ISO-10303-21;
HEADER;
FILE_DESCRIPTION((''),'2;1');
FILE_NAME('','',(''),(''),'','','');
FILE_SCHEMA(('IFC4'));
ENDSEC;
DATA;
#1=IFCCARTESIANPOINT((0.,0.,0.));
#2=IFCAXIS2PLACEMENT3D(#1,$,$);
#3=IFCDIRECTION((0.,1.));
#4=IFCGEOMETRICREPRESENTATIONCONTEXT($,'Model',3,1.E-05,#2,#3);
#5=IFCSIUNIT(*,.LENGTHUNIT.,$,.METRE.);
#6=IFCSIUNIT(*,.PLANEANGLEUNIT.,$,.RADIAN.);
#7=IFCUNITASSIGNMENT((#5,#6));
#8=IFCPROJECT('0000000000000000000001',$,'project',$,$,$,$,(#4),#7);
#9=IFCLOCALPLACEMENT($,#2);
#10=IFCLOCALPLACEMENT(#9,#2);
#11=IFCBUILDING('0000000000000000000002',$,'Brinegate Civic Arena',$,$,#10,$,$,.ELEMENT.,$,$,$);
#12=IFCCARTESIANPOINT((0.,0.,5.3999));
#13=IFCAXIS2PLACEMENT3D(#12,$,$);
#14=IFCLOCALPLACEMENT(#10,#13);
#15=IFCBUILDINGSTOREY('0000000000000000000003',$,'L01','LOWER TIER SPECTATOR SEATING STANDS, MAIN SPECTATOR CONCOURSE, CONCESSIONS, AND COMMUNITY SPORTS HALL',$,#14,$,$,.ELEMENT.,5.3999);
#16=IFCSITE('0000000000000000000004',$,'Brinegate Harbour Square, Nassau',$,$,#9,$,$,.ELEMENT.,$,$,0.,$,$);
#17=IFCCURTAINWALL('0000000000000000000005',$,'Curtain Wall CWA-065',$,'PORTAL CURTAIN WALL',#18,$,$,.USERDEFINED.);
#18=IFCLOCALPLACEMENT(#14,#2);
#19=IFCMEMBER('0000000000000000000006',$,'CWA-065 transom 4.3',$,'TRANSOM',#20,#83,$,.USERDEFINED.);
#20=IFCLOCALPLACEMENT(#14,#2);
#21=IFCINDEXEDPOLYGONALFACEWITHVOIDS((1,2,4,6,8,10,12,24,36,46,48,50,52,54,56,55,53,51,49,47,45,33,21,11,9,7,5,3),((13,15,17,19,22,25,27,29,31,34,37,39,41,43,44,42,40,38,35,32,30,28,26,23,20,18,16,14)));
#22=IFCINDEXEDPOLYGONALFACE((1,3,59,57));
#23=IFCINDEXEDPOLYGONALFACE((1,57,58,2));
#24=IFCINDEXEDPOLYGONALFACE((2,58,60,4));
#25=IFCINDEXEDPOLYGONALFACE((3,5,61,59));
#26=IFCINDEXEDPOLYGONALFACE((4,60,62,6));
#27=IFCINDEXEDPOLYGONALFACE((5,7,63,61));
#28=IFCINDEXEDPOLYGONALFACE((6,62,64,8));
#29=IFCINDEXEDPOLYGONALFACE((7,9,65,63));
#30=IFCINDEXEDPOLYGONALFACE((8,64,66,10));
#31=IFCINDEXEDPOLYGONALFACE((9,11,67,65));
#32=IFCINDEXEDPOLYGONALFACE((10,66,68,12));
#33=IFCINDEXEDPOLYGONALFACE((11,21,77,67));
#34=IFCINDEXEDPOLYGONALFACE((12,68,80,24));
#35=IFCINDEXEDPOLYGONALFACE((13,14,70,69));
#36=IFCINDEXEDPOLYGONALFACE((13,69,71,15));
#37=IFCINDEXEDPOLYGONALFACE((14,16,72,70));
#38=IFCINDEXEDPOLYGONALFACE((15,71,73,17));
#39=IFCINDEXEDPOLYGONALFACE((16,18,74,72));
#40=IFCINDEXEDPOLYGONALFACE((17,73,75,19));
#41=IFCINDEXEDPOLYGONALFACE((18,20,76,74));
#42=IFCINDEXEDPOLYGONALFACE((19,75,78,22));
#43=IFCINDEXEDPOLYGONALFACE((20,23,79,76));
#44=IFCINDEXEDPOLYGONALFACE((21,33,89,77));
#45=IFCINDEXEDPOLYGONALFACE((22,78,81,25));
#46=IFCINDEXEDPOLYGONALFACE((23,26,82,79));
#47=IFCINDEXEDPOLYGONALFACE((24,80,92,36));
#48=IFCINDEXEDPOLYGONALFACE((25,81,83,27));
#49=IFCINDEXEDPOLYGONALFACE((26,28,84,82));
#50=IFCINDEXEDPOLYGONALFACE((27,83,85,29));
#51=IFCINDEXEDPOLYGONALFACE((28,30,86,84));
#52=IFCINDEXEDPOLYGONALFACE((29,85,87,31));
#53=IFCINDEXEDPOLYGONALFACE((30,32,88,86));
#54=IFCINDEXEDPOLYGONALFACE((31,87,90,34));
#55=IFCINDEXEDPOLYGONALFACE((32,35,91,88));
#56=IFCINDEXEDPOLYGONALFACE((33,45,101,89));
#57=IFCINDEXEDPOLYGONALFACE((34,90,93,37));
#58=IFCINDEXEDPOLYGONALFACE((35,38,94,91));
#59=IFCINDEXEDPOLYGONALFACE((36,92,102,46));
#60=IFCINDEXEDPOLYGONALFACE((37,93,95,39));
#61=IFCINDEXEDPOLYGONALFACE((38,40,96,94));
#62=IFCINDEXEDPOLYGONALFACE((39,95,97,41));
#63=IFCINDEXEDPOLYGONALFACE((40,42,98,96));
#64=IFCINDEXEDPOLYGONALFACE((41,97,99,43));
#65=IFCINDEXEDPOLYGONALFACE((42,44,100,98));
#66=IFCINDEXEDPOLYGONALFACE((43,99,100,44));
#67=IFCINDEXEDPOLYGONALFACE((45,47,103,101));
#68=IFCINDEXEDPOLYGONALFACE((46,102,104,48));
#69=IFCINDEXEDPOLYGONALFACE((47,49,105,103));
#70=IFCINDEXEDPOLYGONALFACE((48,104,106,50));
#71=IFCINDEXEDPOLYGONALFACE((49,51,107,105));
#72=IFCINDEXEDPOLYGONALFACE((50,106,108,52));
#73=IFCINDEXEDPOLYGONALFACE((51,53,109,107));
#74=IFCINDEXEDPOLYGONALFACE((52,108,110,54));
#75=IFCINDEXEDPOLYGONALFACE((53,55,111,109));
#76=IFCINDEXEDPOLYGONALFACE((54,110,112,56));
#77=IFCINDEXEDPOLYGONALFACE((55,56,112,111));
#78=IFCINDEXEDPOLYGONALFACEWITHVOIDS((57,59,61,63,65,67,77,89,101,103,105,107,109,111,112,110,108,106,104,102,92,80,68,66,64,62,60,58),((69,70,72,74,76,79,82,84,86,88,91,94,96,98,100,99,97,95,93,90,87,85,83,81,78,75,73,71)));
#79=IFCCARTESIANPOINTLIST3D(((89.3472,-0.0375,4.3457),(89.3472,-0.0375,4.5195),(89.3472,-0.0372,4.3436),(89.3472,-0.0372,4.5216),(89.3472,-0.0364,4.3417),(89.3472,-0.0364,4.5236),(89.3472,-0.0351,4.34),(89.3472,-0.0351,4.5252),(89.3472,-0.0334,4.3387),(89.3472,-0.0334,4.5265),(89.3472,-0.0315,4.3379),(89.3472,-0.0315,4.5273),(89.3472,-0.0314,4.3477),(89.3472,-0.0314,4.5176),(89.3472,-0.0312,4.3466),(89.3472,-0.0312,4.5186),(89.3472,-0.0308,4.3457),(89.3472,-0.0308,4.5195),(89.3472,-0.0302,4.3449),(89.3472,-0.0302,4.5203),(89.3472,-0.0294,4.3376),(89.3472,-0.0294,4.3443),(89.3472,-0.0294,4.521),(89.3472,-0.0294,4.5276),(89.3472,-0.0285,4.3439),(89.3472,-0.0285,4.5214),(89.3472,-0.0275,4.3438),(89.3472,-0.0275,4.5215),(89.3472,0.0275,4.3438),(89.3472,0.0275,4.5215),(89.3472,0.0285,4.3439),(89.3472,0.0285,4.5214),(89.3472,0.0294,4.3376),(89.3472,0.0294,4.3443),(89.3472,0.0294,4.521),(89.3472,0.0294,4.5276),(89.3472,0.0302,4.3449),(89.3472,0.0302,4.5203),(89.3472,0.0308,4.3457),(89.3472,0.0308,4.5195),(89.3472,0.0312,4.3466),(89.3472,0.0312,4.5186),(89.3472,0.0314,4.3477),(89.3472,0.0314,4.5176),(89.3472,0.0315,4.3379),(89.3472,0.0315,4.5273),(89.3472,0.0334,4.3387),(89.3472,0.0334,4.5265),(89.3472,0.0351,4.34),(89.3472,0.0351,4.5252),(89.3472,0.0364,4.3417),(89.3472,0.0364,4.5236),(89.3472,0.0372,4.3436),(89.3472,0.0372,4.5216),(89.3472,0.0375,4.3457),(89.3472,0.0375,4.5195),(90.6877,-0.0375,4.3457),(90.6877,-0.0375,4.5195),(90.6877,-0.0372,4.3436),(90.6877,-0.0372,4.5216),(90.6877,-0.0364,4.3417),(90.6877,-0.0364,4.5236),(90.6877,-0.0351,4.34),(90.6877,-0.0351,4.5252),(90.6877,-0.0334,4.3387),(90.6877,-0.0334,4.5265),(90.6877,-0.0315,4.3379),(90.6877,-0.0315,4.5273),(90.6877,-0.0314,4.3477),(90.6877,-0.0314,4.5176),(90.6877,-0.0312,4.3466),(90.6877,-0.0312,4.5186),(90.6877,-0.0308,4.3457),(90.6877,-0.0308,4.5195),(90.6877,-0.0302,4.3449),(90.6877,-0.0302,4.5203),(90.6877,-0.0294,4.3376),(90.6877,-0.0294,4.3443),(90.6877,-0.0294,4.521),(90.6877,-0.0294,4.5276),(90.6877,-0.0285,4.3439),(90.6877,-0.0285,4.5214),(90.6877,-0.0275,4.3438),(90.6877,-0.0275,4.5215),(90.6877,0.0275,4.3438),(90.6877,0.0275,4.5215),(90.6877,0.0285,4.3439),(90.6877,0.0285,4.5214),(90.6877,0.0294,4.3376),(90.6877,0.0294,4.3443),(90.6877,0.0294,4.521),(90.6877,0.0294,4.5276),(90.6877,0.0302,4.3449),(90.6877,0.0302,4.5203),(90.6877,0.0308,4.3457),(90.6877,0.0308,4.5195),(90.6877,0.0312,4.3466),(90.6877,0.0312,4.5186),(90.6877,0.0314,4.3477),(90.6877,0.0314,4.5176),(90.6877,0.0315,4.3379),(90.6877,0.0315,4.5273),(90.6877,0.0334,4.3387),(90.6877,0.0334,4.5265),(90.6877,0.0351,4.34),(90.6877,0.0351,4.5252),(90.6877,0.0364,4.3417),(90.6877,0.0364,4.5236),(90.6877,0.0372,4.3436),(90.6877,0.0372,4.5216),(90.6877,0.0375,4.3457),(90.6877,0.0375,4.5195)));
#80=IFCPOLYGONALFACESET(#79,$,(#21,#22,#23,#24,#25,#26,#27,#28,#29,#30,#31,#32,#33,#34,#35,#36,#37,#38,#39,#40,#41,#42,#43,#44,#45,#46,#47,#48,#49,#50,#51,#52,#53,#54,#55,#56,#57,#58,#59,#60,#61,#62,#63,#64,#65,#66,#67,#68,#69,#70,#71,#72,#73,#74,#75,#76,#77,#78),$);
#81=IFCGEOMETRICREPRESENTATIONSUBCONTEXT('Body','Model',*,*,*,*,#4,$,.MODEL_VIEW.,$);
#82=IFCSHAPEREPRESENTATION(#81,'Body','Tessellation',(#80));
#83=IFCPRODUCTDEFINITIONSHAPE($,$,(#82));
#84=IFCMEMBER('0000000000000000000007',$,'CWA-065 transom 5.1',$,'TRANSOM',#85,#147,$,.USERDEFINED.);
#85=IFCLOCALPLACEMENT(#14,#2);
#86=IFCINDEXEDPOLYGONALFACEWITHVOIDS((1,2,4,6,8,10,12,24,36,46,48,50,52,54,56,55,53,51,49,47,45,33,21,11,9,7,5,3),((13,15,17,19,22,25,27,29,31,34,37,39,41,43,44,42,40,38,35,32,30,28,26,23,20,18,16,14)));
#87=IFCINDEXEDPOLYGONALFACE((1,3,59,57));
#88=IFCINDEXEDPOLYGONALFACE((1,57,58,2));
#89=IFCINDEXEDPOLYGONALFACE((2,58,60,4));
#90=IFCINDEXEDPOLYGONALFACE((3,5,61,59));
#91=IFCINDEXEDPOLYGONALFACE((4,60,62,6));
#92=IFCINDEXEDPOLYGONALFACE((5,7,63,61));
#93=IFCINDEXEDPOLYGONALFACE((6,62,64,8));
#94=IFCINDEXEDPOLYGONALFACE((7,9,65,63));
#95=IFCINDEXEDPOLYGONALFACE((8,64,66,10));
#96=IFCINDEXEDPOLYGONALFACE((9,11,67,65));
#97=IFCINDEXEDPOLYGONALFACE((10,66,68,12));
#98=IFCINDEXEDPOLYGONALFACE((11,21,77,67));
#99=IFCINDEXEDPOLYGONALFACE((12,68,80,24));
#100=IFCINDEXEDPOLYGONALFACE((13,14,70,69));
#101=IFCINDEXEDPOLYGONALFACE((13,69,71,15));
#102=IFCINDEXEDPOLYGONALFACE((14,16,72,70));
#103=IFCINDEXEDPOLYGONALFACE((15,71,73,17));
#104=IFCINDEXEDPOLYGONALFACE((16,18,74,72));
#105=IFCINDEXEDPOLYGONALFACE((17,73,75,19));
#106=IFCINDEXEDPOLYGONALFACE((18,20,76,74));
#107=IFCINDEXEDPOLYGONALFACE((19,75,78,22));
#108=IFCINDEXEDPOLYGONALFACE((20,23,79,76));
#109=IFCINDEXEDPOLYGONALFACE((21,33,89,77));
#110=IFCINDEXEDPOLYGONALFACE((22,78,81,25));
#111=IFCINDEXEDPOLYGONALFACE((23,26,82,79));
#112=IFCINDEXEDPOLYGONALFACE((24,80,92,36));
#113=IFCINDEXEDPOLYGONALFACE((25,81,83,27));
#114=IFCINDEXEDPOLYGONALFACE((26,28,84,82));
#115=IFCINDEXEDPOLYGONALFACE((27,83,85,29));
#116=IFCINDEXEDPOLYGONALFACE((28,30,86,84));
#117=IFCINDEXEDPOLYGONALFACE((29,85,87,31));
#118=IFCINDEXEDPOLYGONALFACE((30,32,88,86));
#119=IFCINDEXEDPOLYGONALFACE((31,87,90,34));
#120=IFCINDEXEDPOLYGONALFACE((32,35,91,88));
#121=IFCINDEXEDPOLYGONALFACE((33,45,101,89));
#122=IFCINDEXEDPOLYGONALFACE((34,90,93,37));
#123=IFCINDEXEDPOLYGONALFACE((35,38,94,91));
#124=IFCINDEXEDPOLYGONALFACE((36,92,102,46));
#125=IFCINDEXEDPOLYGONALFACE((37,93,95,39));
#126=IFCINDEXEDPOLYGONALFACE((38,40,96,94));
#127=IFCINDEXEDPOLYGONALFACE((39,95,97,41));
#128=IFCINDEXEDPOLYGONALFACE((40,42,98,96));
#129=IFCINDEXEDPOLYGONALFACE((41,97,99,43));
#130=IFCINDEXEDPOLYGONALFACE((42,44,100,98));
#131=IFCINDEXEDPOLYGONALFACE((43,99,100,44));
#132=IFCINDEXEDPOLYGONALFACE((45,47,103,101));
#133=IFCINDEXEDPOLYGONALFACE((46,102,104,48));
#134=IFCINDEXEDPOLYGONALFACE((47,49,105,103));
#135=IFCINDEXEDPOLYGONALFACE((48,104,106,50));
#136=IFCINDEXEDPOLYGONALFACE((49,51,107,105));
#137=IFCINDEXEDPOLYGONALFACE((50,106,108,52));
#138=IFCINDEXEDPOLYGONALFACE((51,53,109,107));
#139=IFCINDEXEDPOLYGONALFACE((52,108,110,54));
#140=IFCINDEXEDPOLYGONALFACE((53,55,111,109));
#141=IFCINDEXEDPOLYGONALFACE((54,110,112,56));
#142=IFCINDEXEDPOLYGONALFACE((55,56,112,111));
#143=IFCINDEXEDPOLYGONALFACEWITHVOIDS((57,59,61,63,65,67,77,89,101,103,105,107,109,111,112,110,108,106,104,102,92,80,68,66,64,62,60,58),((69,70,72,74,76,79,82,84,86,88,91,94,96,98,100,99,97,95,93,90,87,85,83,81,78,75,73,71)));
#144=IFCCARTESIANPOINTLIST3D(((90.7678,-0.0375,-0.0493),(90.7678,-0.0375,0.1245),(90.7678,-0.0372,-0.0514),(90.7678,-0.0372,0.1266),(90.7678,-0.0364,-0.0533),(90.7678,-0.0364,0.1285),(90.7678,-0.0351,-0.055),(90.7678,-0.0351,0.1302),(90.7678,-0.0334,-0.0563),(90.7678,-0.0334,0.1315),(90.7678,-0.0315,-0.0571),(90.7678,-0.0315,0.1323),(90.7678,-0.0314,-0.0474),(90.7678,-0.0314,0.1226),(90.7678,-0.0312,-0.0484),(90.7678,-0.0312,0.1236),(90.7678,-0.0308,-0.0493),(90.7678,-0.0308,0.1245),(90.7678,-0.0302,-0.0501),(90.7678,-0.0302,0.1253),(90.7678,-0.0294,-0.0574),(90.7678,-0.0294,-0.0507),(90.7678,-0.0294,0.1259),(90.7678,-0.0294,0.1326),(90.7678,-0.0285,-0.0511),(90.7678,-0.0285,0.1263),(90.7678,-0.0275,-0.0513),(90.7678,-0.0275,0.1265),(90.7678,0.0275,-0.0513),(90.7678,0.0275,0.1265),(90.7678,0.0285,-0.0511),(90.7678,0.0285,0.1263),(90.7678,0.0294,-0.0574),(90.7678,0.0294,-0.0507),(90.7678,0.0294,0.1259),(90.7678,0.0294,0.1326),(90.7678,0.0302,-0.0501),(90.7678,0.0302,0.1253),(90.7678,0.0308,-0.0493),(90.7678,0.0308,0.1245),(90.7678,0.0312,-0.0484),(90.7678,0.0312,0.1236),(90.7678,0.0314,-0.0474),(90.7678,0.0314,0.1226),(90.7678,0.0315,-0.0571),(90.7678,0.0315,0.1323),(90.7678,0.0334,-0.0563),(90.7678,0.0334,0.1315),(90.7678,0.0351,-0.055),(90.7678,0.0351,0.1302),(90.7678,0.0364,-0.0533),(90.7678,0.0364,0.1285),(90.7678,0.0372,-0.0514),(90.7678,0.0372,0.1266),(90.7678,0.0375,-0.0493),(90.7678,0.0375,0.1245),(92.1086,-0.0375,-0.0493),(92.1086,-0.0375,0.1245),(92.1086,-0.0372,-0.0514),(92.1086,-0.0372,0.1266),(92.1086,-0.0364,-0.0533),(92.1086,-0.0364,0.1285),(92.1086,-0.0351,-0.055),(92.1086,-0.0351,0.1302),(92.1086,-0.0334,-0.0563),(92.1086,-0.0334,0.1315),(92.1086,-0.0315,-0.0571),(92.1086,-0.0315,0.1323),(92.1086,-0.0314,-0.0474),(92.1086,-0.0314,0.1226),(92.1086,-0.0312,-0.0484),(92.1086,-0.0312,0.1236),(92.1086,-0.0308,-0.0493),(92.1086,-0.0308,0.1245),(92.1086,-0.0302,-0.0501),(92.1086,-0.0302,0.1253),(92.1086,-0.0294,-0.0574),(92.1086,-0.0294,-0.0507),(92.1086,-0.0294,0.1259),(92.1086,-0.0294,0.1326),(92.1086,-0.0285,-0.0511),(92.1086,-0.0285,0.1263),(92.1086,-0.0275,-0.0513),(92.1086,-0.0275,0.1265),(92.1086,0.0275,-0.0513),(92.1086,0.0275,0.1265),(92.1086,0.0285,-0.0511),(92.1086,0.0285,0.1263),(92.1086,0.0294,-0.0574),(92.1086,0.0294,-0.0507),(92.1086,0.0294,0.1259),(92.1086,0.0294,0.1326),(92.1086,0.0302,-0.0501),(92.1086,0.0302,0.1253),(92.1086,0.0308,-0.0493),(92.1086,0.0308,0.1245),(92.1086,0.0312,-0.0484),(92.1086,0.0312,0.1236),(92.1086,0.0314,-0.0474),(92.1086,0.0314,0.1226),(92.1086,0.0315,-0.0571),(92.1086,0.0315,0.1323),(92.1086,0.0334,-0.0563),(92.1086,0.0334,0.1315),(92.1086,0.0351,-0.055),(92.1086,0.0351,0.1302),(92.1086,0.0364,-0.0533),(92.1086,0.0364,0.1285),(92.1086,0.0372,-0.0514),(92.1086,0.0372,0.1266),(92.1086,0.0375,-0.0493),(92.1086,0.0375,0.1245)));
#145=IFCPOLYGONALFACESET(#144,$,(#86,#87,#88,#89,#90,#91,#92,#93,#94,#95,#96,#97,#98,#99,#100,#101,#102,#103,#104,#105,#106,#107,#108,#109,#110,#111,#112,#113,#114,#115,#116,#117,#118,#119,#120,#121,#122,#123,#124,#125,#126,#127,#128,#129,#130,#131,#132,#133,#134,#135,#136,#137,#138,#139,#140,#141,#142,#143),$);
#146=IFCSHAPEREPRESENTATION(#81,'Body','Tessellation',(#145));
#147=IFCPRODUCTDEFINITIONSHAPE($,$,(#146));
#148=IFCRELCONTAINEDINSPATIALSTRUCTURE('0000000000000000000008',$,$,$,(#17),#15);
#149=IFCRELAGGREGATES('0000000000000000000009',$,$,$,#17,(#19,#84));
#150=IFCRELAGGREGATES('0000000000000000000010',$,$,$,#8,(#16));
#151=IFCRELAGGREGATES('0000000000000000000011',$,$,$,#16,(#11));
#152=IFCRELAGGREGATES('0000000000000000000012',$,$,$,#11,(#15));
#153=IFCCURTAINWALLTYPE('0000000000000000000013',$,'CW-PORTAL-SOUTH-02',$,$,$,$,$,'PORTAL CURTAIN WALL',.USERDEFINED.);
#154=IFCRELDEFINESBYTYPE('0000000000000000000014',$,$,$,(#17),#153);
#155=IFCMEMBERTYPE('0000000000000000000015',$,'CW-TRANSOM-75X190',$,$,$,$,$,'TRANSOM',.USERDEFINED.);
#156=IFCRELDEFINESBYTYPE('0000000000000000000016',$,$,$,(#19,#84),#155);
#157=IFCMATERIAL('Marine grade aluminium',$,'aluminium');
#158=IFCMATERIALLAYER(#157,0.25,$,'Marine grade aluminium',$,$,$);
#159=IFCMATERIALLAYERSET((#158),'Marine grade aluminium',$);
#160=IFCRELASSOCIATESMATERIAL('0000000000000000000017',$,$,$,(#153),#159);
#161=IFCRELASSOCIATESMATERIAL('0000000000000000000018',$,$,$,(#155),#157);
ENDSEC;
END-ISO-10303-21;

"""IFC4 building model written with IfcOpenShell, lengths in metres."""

from ifc_helpers import new_model, si_unit, direction, frame, origin, origin_2d, place, context, subcontext, project, spatial, hollow_rectangle, extrude, material, layer, layer_set, material_profile, profile_set, type_object, element, aggregate, save


model = new_model("IFC4")

# Units and contexts
model_context = context("Model", 3, precision=1e-05, world=origin(), true_north=direction((0.0, 1.0)))
body_context = subcontext(model_context, "Body", "Model", "MODEL_VIEW")
ifc_project = project(units=[si_unit("LENGTHUNIT", "METRE"), si_unit("PLANEANGLEUNIT", "RADIAN")], contexts=[model_context])

# Site, building, storey
site_placement = place(None, origin())
site = spatial("IfcSite", under=ifc_project, at=site_placement, Name="Brinegate Harbour Square, Nassau", CompositionType="ELEMENT", RefElevation=0.0)
building_placement = place(site_placement, origin())
building = spatial("IfcBuilding", under=site, at=building_placement, Name="Brinegate Civic Arena", CompositionType="ELEMENT")
storey_placement = place(building_placement, frame((0.0, 0.0, 5.3999)))
storey = spatial("IfcBuildingStorey", under=building, at=storey_placement, Name="L01", Description="LOWER TIER SPECTATOR SEATING STANDS, MAIN SPECTATOR CONCOURSE, CONCESSIONS, AND COMMUNITY SPORTS HALL", CompositionType="ELEMENT", Elevation=5.3999)

# Curtain wall, members
ifc_material_1 = material(Name="Marine grade aluminium", Category="aluminium")
ifc_layer_1 = layer(ifc_material_1, 0.25, Name="Marine grade aluminium")
ifc_layer_set_1 = layer_set([ifc_layer_1], Name="Marine grade aluminium")
curtain_wall_type = type_object("IfcCurtainWallType", Name="CW-PORTAL-SOUTH-02", ElementType="PORTAL CURTAIN WALL", PredefinedType="USERDEFINED", material=ifc_layer_set_1)
curtain_wall_placement = place(storey_placement, origin())
curtain_wall = element("IfcCurtainWall", 1, at=curtain_wall_placement, inside=storey, type_object=curtain_wall_type, Name="Curtain Wall CWA-065", ObjectType="PORTAL CURTAIN WALL", PredefinedType="USERDEFINED")
ifc_material_profile_1 = material_profile(ifc_material_1, hollow_rectangle(XDim=0.075, YDim=0.1899, WallThickness=0.0061, InnerFilletRadius=0.0039, OuterFilletRadius=0.0081, at=origin_2d()), Name="TRN75X190")
ifc_profile_set_1 = profile_set([ifc_material_profile_1], Name="Marine grade aluminium")
member_type_1 = type_object("IfcMemberType", Name="CW-TRANSOM-75X190", ElementType="TRANSOM", PredefinedType="USERDEFINED", material=ifc_profile_set_1)
member_1_placement = place(storey_placement, frame((89.3472, 0.0, 4.4326), z_axis=(1.0, 0.0, 0.0), x_axis=(0.0, 1.0, 0.0)))
member_1 = element("IfcMember", 2, at=member_1_placement, type_object=member_type_1, Name="CWA-065 transom 4.3", ObjectType="TRANSOM", PredefinedType="USERDEFINED", context=body_context, shape_type="SweptSolid", body=[
    extrude(hollow_rectangle(XDim=0.075, YDim=0.1899, WallThickness=0.0061, InnerFilletRadius=0.0039, OuterFilletRadius=0.0081, at=origin_2d()), origin(), (0.0, 0.0, 1.0), 1.3406),
])
member_2_placement = place(storey_placement, frame((90.7678, 0.0, 0.0376), z_axis=(1.0, 0.0, 0.0), x_axis=(0.0, 1.0, 0.0)))
member_2 = element("IfcMember", 3, at=member_2_placement, type_object=member_type_1, Name="CWA-065 transom 5.1", ObjectType="TRANSOM", PredefinedType="USERDEFINED", context=body_context, shape_type="SweptSolid", body=[
    extrude(hollow_rectangle(XDim=0.075, YDim=0.1899, WallThickness=0.0061, InnerFilletRadius=0.0039, OuterFilletRadius=0.0081, at=origin_2d()), origin(), (0.0, 0.0, 1.0), 1.3408),
])
aggregate(curtain_wall, [member_1, member_2])

save(model, "model.ifc")
